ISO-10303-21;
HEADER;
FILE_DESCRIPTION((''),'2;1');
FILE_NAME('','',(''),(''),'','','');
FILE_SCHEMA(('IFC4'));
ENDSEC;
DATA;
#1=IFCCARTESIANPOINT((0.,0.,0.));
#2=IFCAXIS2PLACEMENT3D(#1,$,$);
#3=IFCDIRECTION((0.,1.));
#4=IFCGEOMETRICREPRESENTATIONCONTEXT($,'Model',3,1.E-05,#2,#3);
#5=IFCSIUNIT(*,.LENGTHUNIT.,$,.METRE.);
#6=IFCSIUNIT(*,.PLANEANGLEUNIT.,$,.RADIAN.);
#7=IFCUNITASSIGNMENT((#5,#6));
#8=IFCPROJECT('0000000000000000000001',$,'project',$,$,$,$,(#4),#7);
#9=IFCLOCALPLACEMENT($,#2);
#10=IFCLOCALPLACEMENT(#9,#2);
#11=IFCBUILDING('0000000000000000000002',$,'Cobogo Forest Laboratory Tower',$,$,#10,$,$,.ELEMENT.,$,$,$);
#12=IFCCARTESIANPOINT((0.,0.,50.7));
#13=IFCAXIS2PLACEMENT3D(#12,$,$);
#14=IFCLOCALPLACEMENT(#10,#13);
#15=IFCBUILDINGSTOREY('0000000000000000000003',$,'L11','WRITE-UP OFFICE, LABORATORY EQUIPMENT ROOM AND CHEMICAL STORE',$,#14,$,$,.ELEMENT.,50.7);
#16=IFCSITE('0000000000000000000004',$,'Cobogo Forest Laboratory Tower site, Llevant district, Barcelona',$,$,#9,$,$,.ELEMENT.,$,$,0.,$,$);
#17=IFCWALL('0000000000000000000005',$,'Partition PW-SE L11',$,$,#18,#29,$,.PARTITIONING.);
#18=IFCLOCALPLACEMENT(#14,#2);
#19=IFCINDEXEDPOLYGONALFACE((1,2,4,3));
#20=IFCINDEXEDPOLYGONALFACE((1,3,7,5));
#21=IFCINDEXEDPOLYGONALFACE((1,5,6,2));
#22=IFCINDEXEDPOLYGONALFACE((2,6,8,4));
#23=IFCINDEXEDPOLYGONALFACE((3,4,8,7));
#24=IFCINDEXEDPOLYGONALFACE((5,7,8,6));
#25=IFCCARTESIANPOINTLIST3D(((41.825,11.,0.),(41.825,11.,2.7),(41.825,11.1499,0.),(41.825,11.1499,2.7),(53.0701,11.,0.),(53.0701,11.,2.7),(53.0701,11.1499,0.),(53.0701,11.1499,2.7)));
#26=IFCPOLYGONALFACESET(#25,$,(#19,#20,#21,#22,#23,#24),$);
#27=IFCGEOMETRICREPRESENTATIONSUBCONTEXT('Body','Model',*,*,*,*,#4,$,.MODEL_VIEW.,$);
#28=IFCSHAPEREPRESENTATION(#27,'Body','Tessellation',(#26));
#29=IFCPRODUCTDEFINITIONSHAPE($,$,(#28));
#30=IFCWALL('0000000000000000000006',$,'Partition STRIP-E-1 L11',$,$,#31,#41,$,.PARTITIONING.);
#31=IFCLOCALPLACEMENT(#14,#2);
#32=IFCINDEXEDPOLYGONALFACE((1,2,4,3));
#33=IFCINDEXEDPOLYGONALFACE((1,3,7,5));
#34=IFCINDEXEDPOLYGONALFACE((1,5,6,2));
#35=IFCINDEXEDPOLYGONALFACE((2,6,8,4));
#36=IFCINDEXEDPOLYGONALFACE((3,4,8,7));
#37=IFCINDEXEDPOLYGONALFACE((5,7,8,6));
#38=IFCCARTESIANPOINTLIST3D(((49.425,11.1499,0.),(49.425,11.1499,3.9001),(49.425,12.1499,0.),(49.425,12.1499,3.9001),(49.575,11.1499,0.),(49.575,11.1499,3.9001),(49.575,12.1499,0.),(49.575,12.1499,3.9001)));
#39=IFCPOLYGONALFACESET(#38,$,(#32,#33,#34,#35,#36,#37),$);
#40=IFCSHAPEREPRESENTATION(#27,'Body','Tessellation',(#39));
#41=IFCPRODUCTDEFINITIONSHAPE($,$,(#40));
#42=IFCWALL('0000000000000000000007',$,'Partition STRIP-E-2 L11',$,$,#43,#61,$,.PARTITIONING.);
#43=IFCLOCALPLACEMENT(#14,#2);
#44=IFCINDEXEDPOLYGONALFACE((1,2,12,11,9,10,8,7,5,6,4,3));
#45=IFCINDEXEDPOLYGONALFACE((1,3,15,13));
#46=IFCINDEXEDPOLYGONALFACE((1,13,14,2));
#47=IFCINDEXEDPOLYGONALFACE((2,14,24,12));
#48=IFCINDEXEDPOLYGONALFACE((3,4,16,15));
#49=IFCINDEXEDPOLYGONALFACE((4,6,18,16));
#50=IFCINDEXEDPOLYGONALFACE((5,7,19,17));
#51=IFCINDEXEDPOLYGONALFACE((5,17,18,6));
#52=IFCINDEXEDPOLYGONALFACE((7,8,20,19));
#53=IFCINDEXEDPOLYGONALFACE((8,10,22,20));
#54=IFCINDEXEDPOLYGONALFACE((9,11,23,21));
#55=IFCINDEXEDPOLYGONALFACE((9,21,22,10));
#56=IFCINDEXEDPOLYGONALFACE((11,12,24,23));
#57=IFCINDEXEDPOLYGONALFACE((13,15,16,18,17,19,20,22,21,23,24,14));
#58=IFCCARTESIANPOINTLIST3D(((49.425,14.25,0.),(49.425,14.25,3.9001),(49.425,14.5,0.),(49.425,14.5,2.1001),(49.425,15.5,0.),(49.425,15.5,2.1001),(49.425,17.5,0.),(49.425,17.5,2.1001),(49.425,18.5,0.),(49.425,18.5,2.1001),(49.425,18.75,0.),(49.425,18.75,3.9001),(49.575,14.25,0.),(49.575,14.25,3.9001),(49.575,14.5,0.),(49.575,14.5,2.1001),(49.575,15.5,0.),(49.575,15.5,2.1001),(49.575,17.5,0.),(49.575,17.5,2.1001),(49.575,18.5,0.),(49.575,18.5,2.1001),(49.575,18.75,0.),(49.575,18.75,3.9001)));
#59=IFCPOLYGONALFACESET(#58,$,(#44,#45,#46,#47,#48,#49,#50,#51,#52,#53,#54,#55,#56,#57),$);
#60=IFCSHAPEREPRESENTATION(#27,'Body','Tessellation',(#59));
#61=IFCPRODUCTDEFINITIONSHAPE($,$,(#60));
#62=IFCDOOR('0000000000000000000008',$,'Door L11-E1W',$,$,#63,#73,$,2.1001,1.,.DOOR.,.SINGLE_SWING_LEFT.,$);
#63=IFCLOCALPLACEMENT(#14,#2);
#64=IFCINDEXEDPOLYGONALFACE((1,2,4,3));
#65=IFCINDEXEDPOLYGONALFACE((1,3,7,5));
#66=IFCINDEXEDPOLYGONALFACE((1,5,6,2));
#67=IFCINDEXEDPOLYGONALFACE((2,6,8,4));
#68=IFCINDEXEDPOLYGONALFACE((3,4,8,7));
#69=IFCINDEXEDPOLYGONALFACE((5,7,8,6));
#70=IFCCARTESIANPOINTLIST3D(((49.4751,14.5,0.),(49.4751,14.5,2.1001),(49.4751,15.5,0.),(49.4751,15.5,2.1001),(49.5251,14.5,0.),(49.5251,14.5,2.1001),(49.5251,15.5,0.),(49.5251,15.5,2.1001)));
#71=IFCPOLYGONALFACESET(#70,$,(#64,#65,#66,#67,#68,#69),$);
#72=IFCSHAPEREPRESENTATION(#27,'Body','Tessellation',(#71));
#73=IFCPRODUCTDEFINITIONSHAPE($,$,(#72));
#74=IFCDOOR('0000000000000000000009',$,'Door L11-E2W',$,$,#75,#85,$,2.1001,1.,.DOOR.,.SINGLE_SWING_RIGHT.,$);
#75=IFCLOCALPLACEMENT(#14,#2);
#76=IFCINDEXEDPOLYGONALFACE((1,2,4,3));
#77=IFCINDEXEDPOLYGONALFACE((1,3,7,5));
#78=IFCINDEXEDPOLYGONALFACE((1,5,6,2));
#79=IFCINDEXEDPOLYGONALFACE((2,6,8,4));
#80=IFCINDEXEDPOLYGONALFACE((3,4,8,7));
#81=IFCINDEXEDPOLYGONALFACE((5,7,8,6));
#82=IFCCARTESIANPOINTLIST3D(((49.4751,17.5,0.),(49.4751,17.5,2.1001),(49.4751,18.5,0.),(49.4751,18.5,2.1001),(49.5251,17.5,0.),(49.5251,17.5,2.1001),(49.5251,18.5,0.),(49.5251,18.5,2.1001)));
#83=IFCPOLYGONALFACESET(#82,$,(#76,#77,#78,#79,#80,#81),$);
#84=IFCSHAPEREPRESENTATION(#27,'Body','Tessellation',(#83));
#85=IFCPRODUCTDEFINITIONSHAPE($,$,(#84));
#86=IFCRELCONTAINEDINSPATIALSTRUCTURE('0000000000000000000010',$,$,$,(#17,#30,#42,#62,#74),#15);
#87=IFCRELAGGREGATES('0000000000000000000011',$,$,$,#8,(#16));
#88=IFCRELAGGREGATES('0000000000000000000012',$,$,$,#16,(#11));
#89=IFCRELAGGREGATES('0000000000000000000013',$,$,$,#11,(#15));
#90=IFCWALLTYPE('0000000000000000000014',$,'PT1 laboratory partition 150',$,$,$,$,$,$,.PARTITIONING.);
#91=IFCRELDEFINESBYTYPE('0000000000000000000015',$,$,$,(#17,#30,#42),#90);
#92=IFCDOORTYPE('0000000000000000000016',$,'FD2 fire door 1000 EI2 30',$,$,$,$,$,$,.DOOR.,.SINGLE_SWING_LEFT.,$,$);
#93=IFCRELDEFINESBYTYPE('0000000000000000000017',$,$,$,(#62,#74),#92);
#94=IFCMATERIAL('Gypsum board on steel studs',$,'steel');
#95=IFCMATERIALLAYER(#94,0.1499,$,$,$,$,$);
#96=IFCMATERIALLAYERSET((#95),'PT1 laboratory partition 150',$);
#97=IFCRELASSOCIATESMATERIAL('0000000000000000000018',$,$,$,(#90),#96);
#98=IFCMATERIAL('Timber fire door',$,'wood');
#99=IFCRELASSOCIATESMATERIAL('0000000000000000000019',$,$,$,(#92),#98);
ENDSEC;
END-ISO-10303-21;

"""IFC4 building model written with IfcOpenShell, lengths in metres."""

from ifc_helpers import new_model, si_unit, direction, frame, frame_2d, origin, place, context, subcontext, project, spatial, rectangle, extrude, material, layer, layer_set, type_object, element, fill, save


model = new_model("IFC4")

# Units and contexts
model_context = context("Model", 3, precision=1e-05, world=origin(), true_north=direction((0.0, 1.0)))
body_context = subcontext(model_context, "Body", "Model", "MODEL_VIEW")
ifc_project = project(units=[si_unit("LENGTHUNIT", "METRE"), si_unit("PLANEANGLEUNIT", "RADIAN")], contexts=[model_context])

# Site, building, storey
site_placement = place(None, origin())
site = spatial("IfcSite", under=ifc_project, at=site_placement, Name="Cobogo Forest Laboratory Tower site, Llevant district, Barcelona", CompositionType="ELEMENT", RefElevation=0.0)
building_placement = place(site_placement, origin())
building = spatial("IfcBuilding", under=site, at=building_placement, Name="Cobogo Forest Laboratory Tower", CompositionType="ELEMENT")
storey_placement = place(building_placement, frame((0.0, 0.0, 50.7)))
storey = spatial("IfcBuildingStorey", under=building, at=storey_placement, Name="L11", Description="WRITE-UP OFFICE, LABORATORY EQUIPMENT ROOM AND CHEMICAL STORE", CompositionType="ELEMENT", Elevation=50.7)

# Walls
ifc_material_1 = material(Name="Gypsum board on steel studs", Category="steel")
ifc_layer_1 = layer(ifc_material_1, 0.1499)
ifc_layer_set_1 = layer_set([ifc_layer_1], Name="PT1 laboratory partition 150")
wall_type = type_object("IfcWallType", Name="PT1 laboratory partition 150", PredefinedType="PARTITIONING", material=ifc_layer_set_1)
wall_1_placement = place(storey_placement, frame((53.0701, 11.075, 0.0), z_axis=(0.0, 0.0, 1.0), x_axis=(-1.0, 0.0, 0.0)))
element("IfcWall", 1, at=wall_1_placement, inside=storey, type_object=wall_type, Name="Partition PW-SE L11", PredefinedType="PARTITIONING", context=body_context, shape_type="SweptSolid", body=[
    extrude(rectangle(XDim=11.2451, YDim=0.1499, at=frame_2d((5.6226, 0.0))), origin(), (0.0, 0.0, 1.0), 2.7),
])
wall_2_placement = place(storey_placement, frame((49.5, 11.1499, 0.0), z_axis=(0.0, 0.0, 1.0), x_axis=(0.0, 1.0, 0.0)))
element("IfcWall", 2, at=wall_2_placement, inside=storey, type_object=wall_type, Name="Partition STRIP-E-1 L11", PredefinedType="PARTITIONING", context=body_context, shape_type="SweptSolid", body=[
    extrude(rectangle(XDim=1.0, YDim=0.1499, at=frame_2d((0.5, 0.0))), origin(), (0.0, 0.0, 1.0), 3.9001),
])

# Wall, openings, doors
wall_3_placement = place(storey_placement, frame((49.5, 14.25, 0.0), z_axis=(0.0, 0.0, 1.0), x_axis=(0.0, 1.0, 0.0)))
wall_3 = element("IfcWall", 3, at=wall_3_placement, inside=storey, type_object=wall_type, Name="Partition STRIP-E-2 L11", PredefinedType="PARTITIONING", context=body_context, shape_type="SweptSolid", body=[
    extrude(rectangle(XDim=4.5, YDim=0.1499, at=frame_2d((2.25, 0.0))), origin(), (0.0, 0.0, 1.0), 3.9001),
])
opening_1_placement = place(wall_3_placement, frame((0.25, 0.0, 0.0)))
opening_1 = element("IfcOpeningElement", 4, at=opening_1_placement, cuts=wall_3, PredefinedType="OPENING", context=body_context, shape_type="SweptSolid", body=[
    extrude(rectangle(XDim=1.0, YDim=2.1001, at=frame_2d((0.5, 1.05))), frame((0.0, 0.085, 0.0), z_axis=(0.0, -1.0, 0.0), x_axis=(1.0, 0.0, 0.0)), (0.0, 0.0, 1.0), 0.1699),
])
opening_2_placement = place(wall_3_placement, frame((3.25, 0.0, 0.0)))
opening_2 = element("IfcOpeningElement", 5, at=opening_2_placement, cuts=wall_3, PredefinedType="OPENING", context=body_context, shape_type="SweptSolid", body=[
    extrude(rectangle(XDim=1.0, YDim=2.1001, at=frame_2d((0.5, 1.05))), frame((0.0, 0.085, 0.0), z_axis=(0.0, -1.0, 0.0), x_axis=(1.0, 0.0, 0.0)), (0.0, 0.0, 1.0), 0.1699),
])
ifc_material_2 = material(Name="Timber fire door", Category="wood")
door_type = type_object("IfcDoorType", Name="FD2 fire door 1000 EI2 30", OperationType="SINGLE_SWING_LEFT", PredefinedType="DOOR", material=ifc_material_2)
door_1_placement = place(opening_1_placement, origin())
door_1 = element("IfcDoor", 6, at=door_1_placement, inside=storey, type_object=door_type, Name="Door L11-E1W", OperationType="SINGLE_SWING_LEFT", OverallHeight=2.1001, OverallWidth=1.0, PredefinedType="DOOR", context=body_context, shape_type="SweptSolid", body=[
    extrude(rectangle(XDim=1.0, YDim=2.1001, at=frame_2d((0.5, 1.05))), frame((0.0, 0.0249, 0.0), z_axis=(0.0, -1.0, 0.0), x_axis=(1.0, 0.0, 0.0)), (0.0, 0.0, 1.0), 0.05),
])
fill(opening_1, door_1)
door_2_placement = place(opening_2_placement, origin())
door_2 = element("IfcDoor", 7, at=door_2_placement, inside=storey, type_object=door_type, Name="Door L11-E2W", OperationType="SINGLE_SWING_RIGHT", OverallHeight=2.1001, OverallWidth=1.0, PredefinedType="DOOR", context=body_context, shape_type="SweptSolid", body=[
    extrude(rectangle(XDim=1.0, YDim=2.1001, at=frame_2d((0.5, 1.05))), frame((0.0, 0.0249, 0.0), z_axis=(0.0, -1.0, 0.0), x_axis=(1.0, 0.0, 0.0)), (0.0, 0.0, 1.0), 0.05),
])
fill(opening_2, door_2)

save(model, "model.ifc")
